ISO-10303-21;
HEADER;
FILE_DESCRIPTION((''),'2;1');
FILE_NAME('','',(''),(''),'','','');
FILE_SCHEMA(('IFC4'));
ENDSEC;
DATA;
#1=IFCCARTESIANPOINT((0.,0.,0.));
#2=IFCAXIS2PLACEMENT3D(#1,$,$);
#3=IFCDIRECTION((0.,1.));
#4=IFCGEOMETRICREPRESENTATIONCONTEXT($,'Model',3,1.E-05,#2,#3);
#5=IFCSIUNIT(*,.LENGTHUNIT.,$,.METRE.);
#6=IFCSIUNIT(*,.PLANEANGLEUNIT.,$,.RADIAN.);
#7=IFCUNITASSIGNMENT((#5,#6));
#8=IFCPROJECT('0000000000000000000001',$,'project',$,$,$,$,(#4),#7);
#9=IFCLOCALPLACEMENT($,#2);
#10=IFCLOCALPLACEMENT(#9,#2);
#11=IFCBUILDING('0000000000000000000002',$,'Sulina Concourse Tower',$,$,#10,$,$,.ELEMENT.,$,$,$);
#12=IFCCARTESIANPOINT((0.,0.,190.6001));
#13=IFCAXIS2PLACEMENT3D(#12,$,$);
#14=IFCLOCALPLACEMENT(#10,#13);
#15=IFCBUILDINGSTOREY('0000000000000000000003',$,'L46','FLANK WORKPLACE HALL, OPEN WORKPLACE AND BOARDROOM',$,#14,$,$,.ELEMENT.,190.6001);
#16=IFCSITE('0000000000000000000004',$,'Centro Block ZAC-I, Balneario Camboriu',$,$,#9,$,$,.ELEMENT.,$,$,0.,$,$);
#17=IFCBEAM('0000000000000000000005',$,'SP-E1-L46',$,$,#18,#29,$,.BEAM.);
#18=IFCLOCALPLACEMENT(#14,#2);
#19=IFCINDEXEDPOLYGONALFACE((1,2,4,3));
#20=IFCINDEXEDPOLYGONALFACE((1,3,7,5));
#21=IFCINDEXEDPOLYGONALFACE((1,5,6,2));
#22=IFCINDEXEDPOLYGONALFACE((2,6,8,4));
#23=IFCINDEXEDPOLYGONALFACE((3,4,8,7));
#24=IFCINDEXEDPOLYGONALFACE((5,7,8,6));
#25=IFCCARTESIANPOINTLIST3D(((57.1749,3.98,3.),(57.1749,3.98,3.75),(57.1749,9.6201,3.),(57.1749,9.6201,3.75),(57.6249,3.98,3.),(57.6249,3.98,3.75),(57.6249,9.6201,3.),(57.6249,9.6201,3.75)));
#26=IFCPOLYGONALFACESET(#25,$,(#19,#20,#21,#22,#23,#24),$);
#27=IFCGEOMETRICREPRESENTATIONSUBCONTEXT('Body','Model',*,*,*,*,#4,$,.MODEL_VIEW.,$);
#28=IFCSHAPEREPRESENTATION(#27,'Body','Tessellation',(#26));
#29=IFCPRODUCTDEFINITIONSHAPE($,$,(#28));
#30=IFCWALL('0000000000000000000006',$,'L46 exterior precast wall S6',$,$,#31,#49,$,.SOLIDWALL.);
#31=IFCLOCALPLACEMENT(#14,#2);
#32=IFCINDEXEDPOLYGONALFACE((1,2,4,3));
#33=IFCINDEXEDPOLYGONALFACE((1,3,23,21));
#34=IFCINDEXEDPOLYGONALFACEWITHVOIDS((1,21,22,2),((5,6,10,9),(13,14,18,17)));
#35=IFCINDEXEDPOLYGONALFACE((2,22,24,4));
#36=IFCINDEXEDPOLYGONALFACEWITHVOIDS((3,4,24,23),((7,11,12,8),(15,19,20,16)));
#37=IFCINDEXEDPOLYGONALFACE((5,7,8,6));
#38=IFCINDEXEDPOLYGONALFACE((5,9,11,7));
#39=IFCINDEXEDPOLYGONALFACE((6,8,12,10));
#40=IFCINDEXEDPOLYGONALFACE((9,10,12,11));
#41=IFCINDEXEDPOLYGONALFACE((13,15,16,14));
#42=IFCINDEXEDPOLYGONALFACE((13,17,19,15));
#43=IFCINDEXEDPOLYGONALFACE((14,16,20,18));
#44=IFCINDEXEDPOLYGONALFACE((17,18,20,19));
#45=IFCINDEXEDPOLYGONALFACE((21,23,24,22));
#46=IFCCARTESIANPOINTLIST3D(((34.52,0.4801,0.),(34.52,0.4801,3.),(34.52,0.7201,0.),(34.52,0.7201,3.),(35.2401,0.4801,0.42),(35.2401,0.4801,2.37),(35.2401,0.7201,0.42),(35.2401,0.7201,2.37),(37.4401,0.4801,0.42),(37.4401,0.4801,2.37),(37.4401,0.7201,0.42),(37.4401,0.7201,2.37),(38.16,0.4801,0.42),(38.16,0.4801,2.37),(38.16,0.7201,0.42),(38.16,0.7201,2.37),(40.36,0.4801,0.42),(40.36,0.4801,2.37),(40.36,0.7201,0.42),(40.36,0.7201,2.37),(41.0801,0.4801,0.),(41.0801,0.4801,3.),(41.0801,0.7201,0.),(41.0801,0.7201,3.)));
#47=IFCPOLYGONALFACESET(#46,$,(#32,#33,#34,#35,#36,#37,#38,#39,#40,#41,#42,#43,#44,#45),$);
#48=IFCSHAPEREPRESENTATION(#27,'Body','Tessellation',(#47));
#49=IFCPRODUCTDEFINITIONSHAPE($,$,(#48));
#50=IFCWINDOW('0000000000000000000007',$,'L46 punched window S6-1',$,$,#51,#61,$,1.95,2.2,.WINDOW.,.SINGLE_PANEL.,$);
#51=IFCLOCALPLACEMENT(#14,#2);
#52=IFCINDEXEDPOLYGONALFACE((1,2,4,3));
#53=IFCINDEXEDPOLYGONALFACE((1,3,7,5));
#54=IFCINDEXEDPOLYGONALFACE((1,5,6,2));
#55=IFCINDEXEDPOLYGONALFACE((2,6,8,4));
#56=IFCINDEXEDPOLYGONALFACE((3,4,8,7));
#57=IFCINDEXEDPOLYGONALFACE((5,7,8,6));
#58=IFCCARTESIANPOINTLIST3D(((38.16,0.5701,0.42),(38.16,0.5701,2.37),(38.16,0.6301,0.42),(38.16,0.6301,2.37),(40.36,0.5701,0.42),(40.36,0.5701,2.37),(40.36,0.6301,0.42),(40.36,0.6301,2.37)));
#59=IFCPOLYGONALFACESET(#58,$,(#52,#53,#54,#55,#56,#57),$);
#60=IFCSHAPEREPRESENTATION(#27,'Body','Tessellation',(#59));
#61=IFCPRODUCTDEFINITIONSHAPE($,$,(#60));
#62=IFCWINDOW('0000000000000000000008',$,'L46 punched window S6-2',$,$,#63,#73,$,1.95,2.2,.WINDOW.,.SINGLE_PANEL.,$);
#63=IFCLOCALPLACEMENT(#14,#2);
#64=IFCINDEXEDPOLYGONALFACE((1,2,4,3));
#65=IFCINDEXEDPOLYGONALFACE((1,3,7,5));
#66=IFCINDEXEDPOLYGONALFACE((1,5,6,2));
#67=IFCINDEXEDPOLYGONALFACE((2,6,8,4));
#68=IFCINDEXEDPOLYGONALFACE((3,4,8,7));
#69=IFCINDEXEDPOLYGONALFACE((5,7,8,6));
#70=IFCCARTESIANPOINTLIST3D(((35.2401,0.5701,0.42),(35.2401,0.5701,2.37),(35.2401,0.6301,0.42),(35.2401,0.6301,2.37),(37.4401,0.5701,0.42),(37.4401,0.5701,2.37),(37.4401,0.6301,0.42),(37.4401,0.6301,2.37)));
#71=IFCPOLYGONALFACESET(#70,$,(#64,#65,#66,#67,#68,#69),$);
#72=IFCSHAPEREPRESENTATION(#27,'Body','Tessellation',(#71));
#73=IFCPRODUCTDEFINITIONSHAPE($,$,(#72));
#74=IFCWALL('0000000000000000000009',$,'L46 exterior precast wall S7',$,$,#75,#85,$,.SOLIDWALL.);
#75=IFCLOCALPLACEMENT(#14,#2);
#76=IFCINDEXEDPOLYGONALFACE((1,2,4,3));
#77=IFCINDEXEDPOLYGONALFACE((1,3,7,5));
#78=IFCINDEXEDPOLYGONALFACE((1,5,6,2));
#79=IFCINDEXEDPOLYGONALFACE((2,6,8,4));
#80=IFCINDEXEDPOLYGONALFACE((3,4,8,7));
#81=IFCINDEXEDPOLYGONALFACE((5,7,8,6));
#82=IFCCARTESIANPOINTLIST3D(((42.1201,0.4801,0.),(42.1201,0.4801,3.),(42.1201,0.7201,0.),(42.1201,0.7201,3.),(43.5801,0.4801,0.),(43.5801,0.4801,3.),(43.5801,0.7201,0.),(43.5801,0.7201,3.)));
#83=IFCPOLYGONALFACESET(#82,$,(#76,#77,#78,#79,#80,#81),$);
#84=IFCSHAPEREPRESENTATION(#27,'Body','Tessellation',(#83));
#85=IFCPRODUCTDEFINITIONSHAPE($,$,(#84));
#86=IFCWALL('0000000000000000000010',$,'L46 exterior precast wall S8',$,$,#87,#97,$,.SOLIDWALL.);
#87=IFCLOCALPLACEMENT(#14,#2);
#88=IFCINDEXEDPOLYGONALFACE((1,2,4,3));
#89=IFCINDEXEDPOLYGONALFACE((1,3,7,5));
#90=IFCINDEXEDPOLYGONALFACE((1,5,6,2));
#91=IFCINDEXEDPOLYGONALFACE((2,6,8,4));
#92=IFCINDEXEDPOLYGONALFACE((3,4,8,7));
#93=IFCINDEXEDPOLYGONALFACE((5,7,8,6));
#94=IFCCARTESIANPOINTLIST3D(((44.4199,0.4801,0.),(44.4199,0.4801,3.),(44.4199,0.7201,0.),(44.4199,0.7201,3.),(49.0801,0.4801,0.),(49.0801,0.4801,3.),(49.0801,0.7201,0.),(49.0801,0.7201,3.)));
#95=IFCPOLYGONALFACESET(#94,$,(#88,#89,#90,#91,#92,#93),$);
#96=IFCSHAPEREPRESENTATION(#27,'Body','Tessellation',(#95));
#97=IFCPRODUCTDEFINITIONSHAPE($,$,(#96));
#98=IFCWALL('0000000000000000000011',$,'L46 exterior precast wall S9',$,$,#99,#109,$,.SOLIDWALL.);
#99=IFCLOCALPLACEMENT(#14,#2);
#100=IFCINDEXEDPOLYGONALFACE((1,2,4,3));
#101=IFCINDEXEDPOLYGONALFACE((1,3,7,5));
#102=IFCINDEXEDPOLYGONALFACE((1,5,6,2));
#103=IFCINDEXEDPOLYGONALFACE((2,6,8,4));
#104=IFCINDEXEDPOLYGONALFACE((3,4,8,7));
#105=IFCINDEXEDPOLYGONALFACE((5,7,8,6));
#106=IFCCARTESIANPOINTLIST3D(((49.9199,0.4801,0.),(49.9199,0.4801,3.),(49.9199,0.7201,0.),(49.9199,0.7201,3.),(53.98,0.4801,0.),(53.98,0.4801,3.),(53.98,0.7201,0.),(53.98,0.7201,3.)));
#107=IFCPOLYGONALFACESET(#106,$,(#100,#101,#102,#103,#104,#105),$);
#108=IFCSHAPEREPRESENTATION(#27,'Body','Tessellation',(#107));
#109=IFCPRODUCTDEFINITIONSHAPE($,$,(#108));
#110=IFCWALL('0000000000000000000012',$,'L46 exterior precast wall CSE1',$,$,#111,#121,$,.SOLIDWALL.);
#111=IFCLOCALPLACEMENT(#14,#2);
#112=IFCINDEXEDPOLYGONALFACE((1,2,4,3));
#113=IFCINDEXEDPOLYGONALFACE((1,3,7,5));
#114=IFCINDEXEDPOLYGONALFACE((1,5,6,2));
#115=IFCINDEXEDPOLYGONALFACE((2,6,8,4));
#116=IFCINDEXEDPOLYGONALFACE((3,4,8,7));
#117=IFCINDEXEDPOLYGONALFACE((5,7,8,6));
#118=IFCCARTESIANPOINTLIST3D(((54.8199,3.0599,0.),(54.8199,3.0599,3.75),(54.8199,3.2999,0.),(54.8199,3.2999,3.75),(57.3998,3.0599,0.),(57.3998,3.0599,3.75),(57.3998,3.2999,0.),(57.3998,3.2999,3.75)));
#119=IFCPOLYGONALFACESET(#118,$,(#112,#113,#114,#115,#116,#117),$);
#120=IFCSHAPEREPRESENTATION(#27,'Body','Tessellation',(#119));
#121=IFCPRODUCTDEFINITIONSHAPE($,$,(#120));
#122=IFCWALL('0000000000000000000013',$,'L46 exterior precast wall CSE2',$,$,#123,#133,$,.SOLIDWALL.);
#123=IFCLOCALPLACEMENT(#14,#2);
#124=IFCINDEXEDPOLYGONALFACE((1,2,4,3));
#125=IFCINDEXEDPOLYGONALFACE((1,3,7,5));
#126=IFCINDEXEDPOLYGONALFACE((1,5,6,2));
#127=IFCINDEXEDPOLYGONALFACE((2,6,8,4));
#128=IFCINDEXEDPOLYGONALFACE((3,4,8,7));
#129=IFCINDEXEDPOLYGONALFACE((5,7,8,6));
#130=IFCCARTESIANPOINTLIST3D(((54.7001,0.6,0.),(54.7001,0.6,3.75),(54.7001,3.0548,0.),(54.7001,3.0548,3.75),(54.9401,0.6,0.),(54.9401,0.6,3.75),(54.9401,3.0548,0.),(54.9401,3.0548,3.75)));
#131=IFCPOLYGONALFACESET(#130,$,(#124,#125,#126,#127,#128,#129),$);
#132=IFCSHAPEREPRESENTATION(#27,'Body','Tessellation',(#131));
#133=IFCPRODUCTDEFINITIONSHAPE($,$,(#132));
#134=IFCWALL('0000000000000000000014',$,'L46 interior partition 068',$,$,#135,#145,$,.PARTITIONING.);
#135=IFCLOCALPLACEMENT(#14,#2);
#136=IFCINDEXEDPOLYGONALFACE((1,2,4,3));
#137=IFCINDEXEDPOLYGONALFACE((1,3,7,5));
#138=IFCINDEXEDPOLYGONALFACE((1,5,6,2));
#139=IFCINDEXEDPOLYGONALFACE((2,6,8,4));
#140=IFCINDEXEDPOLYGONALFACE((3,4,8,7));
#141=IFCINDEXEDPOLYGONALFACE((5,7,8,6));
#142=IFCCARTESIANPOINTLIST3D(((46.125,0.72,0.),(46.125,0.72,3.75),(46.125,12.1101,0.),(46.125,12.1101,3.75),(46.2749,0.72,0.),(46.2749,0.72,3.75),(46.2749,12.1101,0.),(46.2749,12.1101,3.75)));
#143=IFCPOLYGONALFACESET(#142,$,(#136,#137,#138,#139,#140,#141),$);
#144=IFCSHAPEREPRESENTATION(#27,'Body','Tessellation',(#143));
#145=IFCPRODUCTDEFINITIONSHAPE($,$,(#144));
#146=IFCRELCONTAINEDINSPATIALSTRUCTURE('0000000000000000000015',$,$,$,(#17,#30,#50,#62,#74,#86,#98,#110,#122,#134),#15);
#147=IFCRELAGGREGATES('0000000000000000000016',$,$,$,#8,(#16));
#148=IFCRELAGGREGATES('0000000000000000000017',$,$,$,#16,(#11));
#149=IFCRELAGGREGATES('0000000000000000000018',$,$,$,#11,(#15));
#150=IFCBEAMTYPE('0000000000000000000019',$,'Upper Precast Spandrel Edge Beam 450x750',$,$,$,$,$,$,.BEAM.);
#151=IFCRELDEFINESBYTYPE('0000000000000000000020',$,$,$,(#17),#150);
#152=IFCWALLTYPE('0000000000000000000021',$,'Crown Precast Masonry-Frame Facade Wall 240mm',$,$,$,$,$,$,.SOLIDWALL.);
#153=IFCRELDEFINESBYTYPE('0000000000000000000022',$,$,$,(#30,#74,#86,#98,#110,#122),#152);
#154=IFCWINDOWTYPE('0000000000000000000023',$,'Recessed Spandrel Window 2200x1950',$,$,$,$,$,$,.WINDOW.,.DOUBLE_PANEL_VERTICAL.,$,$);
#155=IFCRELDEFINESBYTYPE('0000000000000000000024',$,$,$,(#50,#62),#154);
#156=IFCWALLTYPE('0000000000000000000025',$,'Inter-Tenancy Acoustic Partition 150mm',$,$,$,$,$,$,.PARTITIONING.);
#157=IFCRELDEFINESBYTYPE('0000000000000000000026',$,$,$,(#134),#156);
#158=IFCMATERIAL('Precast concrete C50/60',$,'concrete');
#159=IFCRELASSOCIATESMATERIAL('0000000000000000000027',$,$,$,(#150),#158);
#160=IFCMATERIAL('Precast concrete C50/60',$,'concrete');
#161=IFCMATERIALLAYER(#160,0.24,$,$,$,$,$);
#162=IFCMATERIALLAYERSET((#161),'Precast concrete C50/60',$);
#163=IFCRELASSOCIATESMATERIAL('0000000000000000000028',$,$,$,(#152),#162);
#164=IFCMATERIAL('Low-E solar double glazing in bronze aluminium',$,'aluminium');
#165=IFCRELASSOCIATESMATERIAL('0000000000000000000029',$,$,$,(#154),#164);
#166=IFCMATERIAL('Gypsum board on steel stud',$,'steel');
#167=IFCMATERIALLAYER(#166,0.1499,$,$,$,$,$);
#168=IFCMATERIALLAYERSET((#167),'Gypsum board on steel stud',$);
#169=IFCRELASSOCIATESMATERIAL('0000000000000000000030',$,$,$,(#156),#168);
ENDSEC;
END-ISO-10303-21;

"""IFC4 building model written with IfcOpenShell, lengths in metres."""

from ifc_helpers import new_model, si_unit, direction, frame, frame_2d, origin, origin_2d, place, context, subcontext, project, spatial, rectangle, extrude, material, layer, layer_set, material_profile, profile_set, type_object, element, fill, save


model = new_model("IFC4")

# Units and contexts
model_context = context("Model", 3, precision=1e-05, world=origin(), true_north=direction((0.0, 1.0)))
body_context = subcontext(model_context, "Body", "Model", "MODEL_VIEW")
ifc_project = project(units=[si_unit("LENGTHUNIT", "METRE"), si_unit("PLANEANGLEUNIT", "RADIAN")], contexts=[model_context])

# Site, building, storey
site_placement = place(None, origin())
site = spatial("IfcSite", under=ifc_project, at=site_placement, Name="Centro Block ZAC-I, Balneario Camboriu", CompositionType="ELEMENT", RefElevation=0.0)
building_placement = place(site_placement, origin())
building = spatial("IfcBuilding", under=site, at=building_placement, Name="Sulina Concourse Tower", CompositionType="ELEMENT")
storey_placement = place(building_placement, frame((0.0, 0.0, 190.6001)))
storey = spatial("IfcBuildingStorey", under=building, at=storey_placement, Name="L46", Description="FLANK WORKPLACE HALL, OPEN WORKPLACE AND BOARDROOM", CompositionType="ELEMENT", Elevation=190.6001)

# Beam
ifc_material_1 = material(Name="Precast concrete C50/60", Category="concrete")
ifc_material_profile_1 = material_profile(ifc_material_1, rectangle(XDim=0.45, YDim=0.75, at=origin_2d()), Name="RC 450x750")
ifc_profile_set_1 = profile_set([ifc_material_profile_1], Name="Precast concrete C50/60")
beam_type_1 = type_object("IfcBeamType", Name="Upper Precast Spandrel Edge Beam 450x750", PredefinedType="BEAM", material=ifc_profile_set_1)
beam_1_placement = place(storey_placement, frame((57.3999, 3.98, 3.375), z_axis=(0.0, 1.0, 0.0), x_axis=(-1.0, 0.0, 0.0)))
element("IfcBeam", 1, at=beam_1_placement, inside=storey, type_object=beam_type_1, Name="SP-E1-L46", PredefinedType="BEAM", context=body_context, shape_type="SweptSolid", body=[
    extrude(rectangle(XDim=0.45, YDim=0.75, at=origin_2d()), origin(), (0.0, 0.0, 1.0), 5.6401),
])

# Wall, openings, windows
ifc_material_2 = material(Name="Precast concrete C50/60", Category="concrete")
ifc_layer_1 = layer(ifc_material_2, 0.24)
ifc_layer_set_1 = layer_set([ifc_layer_1], Name="Precast concrete C50/60")
wall_type_1 = type_object("IfcWallType", Name="Crown Precast Masonry-Frame Facade Wall 240mm", PredefinedType="SOLIDWALL", material=ifc_layer_set_1)
wall_1_placement = place(storey_placement, frame((41.0801, 0.6001, 0.0), z_axis=(0.0, 0.0, 1.0), x_axis=(-1.0, 0.0, 0.0)))
wall_1 = element("IfcWall", 2, at=wall_1_placement, inside=storey, type_object=wall_type_1, Name="L46 exterior precast wall S6", PredefinedType="SOLIDWALL", context=body_context, shape_type="SweptSolid", body=[
    extrude(rectangle(XDim=6.5601, YDim=0.24, at=frame_2d((3.28, 0.0))), origin(), (0.0, 0.0, 1.0), 3.0),
])
opening_1_placement = place(wall_1_placement, frame((0.72, 0.0, 0.4199)))
opening_1 = element("IfcOpeningElement", 3, at=opening_1_placement, cuts=wall_1, PredefinedType="OPENING", context=body_context, shape_type="SweptSolid", body=[
    extrude(rectangle(XDim=2.2, YDim=1.95, at=frame_2d((1.1001, 0.9751))), frame((0.0, 0.1299, 0.0), z_axis=(0.0, -1.0, 0.0), x_axis=(1.0, 0.0, 0.0)), (0.0, 0.0, 1.0), 0.26),
])
opening_2_placement = place(wall_1_placement, frame((3.6399, 0.0, 0.4199)))
opening_2 = element("IfcOpeningElement", 4, at=opening_2_placement, cuts=wall_1, PredefinedType="OPENING", context=body_context, shape_type="SweptSolid", body=[
    extrude(rectangle(XDim=2.2, YDim=1.95, at=frame_2d((1.1001, 0.9751))), frame((0.0, 0.1299, 0.0), z_axis=(0.0, -1.0, 0.0), x_axis=(1.0, 0.0, 0.0)), (0.0, 0.0, 1.0), 0.26),
])
ifc_material_3 = material(Name="Low-E solar double glazing in bronze aluminium", Category="aluminium")
window_type = type_object("IfcWindowType", Name="Recessed Spandrel Window 2200x1950", PartitioningType="DOUBLE_PANEL_VERTICAL", PredefinedType="WINDOW", material=ifc_material_3)
window_1_placement = place(opening_1_placement, origin())
window_1 = element("IfcWindow", 5, at=window_1_placement, inside=storey, type_object=window_type, Name="L46 punched window S6-1", OverallHeight=1.95, OverallWidth=2.2, PartitioningType="SINGLE_PANEL", PredefinedType="WINDOW", context=body_context, shape_type="SweptSolid", body=[
    extrude(rectangle(XDim=2.2, YDim=1.95, at=frame_2d((1.1001, 0.9751))), frame((0.0, 0.03, 0.0), z_axis=(0.0, -1.0, 0.0), x_axis=(1.0, 0.0, 0.0)), (0.0, 0.0, 1.0), 0.0601),
])
fill(opening_1, window_1)
window_2_placement = place(opening_2_placement, origin())
window_2 = element("IfcWindow", 6, at=window_2_placement, inside=storey, type_object=window_type, Name="L46 punched window S6-2", OverallHeight=1.95, OverallWidth=2.2, PartitioningType="SINGLE_PANEL", PredefinedType="WINDOW", context=body_context, shape_type="SweptSolid", body=[
    extrude(rectangle(XDim=2.2, YDim=1.95, at=frame_2d((1.1001, 0.9751))), frame((0.0, 0.03, 0.0), z_axis=(0.0, -1.0, 0.0), x_axis=(1.0, 0.0, 0.0)), (0.0, 0.0, 1.0), 0.0601),
])
fill(opening_2, window_2)

# Walls
wall_2_placement = place(storey_placement, frame((43.5801, 0.6001, 0.0), z_axis=(0.0, 0.0, 1.0), x_axis=(-1.0, 0.0, 0.0)))
element("IfcWall", 7, at=wall_2_placement, inside=storey, type_object=wall_type_1, Name="L46 exterior precast wall S7", PredefinedType="SOLIDWALL", context=body_context, shape_type="SweptSolid", body=[
    extrude(rectangle(XDim=1.46, YDim=0.24, at=frame_2d((0.73, 0.0))), origin(), (0.0, 0.0, 1.0), 3.0),
])
wall_3_placement = place(storey_placement, frame((49.0801, 0.6001, 0.0), z_axis=(0.0, 0.0, 1.0), x_axis=(-1.0, 0.0, 0.0)))
element("IfcWall", 8, at=wall_3_placement, inside=storey, type_object=wall_type_1, Name="L46 exterior precast wall S8", PredefinedType="SOLIDWALL", context=body_context, shape_type="SweptSolid", body=[
    extrude(rectangle(XDim=4.6602, YDim=0.24, at=frame_2d((2.3301, 0.0))), origin(), (0.0, 0.0, 1.0), 3.0),
])
wall_4_placement = place(storey_placement, frame((53.98, 0.6001, 0.0), z_axis=(0.0, 0.0, 1.0), x_axis=(-1.0, 0.0, 0.0)))
element("IfcWall", 9, at=wall_4_placement, inside=storey, type_object=wall_type_1, Name="L46 exterior precast wall S9", PredefinedType="SOLIDWALL", context=body_context, shape_type="SweptSolid", body=[
    extrude(rectangle(XDim=4.0601, YDim=0.24, at=frame_2d((2.03, 0.0))), origin(), (0.0, 0.0, 1.0), 3.0),
])
wall_5_placement = place(storey_placement, frame((57.3999, 3.1799, 0.0), z_axis=(0.0, 0.0, 1.0), x_axis=(-1.0, 0.0, 0.0)))
element("IfcWall", 10, at=wall_5_placement, inside=storey, type_object=wall_type_1, Name="L46 exterior precast wall CSE1", PredefinedType="SOLIDWALL", context=body_context, shape_type="SweptSolid", body=[
    extrude(rectangle(XDim=2.5798, YDim=0.24, at=frame_2d((1.29, 0.0))), origin(), (0.0, 0.0, 1.0), 3.75),
])
wall_6_placement = place(storey_placement, frame((54.8201, 3.0549, 0.0), z_axis=(0.0, 0.0, 1.0), x_axis=(0.0, -1.0, 0.0)))
element("IfcWall", 11, at=wall_6_placement, inside=storey, type_object=wall_type_1, Name="L46 exterior precast wall CSE2", PredefinedType="SOLIDWALL", context=body_context, shape_type="SweptSolid", body=[
    extrude(rectangle(XDim=2.4548, YDim=0.24, at=frame_2d((1.2275, 0.0))), origin(), (0.0, 0.0, 1.0), 3.75),
])
ifc_material_4 = material(Name="Gypsum board on steel stud", Category="steel")
ifc_layer_2 = layer(ifc_material_4, 0.1499)
ifc_layer_set_2 = layer_set([ifc_layer_2], Name="Gypsum board on steel stud")
wall_type_2 = type_object("IfcWallType", Name="Inter-Tenancy Acoustic Partition 150mm", PredefinedType="PARTITIONING", material=ifc_layer_set_2)
wall_7_placement = place(storey_placement, frame((46.2, 0.72, 0.0), z_axis=(0.0, 0.0, 1.0), x_axis=(0.0, 1.0, 0.0)))
element("IfcWall", 12, at=wall_7_placement, inside=storey, type_object=wall_type_2, Name="L46 interior partition 068", PredefinedType="PARTITIONING", context=body_context, shape_type="SweptSolid", body=[
    extrude(rectangle(XDim=11.3901, YDim=0.1499, at=frame_2d((5.6951, 0.0))), origin(), (0.0, 0.0, 1.0), 3.75),
])

save(model, "model.ifc")
